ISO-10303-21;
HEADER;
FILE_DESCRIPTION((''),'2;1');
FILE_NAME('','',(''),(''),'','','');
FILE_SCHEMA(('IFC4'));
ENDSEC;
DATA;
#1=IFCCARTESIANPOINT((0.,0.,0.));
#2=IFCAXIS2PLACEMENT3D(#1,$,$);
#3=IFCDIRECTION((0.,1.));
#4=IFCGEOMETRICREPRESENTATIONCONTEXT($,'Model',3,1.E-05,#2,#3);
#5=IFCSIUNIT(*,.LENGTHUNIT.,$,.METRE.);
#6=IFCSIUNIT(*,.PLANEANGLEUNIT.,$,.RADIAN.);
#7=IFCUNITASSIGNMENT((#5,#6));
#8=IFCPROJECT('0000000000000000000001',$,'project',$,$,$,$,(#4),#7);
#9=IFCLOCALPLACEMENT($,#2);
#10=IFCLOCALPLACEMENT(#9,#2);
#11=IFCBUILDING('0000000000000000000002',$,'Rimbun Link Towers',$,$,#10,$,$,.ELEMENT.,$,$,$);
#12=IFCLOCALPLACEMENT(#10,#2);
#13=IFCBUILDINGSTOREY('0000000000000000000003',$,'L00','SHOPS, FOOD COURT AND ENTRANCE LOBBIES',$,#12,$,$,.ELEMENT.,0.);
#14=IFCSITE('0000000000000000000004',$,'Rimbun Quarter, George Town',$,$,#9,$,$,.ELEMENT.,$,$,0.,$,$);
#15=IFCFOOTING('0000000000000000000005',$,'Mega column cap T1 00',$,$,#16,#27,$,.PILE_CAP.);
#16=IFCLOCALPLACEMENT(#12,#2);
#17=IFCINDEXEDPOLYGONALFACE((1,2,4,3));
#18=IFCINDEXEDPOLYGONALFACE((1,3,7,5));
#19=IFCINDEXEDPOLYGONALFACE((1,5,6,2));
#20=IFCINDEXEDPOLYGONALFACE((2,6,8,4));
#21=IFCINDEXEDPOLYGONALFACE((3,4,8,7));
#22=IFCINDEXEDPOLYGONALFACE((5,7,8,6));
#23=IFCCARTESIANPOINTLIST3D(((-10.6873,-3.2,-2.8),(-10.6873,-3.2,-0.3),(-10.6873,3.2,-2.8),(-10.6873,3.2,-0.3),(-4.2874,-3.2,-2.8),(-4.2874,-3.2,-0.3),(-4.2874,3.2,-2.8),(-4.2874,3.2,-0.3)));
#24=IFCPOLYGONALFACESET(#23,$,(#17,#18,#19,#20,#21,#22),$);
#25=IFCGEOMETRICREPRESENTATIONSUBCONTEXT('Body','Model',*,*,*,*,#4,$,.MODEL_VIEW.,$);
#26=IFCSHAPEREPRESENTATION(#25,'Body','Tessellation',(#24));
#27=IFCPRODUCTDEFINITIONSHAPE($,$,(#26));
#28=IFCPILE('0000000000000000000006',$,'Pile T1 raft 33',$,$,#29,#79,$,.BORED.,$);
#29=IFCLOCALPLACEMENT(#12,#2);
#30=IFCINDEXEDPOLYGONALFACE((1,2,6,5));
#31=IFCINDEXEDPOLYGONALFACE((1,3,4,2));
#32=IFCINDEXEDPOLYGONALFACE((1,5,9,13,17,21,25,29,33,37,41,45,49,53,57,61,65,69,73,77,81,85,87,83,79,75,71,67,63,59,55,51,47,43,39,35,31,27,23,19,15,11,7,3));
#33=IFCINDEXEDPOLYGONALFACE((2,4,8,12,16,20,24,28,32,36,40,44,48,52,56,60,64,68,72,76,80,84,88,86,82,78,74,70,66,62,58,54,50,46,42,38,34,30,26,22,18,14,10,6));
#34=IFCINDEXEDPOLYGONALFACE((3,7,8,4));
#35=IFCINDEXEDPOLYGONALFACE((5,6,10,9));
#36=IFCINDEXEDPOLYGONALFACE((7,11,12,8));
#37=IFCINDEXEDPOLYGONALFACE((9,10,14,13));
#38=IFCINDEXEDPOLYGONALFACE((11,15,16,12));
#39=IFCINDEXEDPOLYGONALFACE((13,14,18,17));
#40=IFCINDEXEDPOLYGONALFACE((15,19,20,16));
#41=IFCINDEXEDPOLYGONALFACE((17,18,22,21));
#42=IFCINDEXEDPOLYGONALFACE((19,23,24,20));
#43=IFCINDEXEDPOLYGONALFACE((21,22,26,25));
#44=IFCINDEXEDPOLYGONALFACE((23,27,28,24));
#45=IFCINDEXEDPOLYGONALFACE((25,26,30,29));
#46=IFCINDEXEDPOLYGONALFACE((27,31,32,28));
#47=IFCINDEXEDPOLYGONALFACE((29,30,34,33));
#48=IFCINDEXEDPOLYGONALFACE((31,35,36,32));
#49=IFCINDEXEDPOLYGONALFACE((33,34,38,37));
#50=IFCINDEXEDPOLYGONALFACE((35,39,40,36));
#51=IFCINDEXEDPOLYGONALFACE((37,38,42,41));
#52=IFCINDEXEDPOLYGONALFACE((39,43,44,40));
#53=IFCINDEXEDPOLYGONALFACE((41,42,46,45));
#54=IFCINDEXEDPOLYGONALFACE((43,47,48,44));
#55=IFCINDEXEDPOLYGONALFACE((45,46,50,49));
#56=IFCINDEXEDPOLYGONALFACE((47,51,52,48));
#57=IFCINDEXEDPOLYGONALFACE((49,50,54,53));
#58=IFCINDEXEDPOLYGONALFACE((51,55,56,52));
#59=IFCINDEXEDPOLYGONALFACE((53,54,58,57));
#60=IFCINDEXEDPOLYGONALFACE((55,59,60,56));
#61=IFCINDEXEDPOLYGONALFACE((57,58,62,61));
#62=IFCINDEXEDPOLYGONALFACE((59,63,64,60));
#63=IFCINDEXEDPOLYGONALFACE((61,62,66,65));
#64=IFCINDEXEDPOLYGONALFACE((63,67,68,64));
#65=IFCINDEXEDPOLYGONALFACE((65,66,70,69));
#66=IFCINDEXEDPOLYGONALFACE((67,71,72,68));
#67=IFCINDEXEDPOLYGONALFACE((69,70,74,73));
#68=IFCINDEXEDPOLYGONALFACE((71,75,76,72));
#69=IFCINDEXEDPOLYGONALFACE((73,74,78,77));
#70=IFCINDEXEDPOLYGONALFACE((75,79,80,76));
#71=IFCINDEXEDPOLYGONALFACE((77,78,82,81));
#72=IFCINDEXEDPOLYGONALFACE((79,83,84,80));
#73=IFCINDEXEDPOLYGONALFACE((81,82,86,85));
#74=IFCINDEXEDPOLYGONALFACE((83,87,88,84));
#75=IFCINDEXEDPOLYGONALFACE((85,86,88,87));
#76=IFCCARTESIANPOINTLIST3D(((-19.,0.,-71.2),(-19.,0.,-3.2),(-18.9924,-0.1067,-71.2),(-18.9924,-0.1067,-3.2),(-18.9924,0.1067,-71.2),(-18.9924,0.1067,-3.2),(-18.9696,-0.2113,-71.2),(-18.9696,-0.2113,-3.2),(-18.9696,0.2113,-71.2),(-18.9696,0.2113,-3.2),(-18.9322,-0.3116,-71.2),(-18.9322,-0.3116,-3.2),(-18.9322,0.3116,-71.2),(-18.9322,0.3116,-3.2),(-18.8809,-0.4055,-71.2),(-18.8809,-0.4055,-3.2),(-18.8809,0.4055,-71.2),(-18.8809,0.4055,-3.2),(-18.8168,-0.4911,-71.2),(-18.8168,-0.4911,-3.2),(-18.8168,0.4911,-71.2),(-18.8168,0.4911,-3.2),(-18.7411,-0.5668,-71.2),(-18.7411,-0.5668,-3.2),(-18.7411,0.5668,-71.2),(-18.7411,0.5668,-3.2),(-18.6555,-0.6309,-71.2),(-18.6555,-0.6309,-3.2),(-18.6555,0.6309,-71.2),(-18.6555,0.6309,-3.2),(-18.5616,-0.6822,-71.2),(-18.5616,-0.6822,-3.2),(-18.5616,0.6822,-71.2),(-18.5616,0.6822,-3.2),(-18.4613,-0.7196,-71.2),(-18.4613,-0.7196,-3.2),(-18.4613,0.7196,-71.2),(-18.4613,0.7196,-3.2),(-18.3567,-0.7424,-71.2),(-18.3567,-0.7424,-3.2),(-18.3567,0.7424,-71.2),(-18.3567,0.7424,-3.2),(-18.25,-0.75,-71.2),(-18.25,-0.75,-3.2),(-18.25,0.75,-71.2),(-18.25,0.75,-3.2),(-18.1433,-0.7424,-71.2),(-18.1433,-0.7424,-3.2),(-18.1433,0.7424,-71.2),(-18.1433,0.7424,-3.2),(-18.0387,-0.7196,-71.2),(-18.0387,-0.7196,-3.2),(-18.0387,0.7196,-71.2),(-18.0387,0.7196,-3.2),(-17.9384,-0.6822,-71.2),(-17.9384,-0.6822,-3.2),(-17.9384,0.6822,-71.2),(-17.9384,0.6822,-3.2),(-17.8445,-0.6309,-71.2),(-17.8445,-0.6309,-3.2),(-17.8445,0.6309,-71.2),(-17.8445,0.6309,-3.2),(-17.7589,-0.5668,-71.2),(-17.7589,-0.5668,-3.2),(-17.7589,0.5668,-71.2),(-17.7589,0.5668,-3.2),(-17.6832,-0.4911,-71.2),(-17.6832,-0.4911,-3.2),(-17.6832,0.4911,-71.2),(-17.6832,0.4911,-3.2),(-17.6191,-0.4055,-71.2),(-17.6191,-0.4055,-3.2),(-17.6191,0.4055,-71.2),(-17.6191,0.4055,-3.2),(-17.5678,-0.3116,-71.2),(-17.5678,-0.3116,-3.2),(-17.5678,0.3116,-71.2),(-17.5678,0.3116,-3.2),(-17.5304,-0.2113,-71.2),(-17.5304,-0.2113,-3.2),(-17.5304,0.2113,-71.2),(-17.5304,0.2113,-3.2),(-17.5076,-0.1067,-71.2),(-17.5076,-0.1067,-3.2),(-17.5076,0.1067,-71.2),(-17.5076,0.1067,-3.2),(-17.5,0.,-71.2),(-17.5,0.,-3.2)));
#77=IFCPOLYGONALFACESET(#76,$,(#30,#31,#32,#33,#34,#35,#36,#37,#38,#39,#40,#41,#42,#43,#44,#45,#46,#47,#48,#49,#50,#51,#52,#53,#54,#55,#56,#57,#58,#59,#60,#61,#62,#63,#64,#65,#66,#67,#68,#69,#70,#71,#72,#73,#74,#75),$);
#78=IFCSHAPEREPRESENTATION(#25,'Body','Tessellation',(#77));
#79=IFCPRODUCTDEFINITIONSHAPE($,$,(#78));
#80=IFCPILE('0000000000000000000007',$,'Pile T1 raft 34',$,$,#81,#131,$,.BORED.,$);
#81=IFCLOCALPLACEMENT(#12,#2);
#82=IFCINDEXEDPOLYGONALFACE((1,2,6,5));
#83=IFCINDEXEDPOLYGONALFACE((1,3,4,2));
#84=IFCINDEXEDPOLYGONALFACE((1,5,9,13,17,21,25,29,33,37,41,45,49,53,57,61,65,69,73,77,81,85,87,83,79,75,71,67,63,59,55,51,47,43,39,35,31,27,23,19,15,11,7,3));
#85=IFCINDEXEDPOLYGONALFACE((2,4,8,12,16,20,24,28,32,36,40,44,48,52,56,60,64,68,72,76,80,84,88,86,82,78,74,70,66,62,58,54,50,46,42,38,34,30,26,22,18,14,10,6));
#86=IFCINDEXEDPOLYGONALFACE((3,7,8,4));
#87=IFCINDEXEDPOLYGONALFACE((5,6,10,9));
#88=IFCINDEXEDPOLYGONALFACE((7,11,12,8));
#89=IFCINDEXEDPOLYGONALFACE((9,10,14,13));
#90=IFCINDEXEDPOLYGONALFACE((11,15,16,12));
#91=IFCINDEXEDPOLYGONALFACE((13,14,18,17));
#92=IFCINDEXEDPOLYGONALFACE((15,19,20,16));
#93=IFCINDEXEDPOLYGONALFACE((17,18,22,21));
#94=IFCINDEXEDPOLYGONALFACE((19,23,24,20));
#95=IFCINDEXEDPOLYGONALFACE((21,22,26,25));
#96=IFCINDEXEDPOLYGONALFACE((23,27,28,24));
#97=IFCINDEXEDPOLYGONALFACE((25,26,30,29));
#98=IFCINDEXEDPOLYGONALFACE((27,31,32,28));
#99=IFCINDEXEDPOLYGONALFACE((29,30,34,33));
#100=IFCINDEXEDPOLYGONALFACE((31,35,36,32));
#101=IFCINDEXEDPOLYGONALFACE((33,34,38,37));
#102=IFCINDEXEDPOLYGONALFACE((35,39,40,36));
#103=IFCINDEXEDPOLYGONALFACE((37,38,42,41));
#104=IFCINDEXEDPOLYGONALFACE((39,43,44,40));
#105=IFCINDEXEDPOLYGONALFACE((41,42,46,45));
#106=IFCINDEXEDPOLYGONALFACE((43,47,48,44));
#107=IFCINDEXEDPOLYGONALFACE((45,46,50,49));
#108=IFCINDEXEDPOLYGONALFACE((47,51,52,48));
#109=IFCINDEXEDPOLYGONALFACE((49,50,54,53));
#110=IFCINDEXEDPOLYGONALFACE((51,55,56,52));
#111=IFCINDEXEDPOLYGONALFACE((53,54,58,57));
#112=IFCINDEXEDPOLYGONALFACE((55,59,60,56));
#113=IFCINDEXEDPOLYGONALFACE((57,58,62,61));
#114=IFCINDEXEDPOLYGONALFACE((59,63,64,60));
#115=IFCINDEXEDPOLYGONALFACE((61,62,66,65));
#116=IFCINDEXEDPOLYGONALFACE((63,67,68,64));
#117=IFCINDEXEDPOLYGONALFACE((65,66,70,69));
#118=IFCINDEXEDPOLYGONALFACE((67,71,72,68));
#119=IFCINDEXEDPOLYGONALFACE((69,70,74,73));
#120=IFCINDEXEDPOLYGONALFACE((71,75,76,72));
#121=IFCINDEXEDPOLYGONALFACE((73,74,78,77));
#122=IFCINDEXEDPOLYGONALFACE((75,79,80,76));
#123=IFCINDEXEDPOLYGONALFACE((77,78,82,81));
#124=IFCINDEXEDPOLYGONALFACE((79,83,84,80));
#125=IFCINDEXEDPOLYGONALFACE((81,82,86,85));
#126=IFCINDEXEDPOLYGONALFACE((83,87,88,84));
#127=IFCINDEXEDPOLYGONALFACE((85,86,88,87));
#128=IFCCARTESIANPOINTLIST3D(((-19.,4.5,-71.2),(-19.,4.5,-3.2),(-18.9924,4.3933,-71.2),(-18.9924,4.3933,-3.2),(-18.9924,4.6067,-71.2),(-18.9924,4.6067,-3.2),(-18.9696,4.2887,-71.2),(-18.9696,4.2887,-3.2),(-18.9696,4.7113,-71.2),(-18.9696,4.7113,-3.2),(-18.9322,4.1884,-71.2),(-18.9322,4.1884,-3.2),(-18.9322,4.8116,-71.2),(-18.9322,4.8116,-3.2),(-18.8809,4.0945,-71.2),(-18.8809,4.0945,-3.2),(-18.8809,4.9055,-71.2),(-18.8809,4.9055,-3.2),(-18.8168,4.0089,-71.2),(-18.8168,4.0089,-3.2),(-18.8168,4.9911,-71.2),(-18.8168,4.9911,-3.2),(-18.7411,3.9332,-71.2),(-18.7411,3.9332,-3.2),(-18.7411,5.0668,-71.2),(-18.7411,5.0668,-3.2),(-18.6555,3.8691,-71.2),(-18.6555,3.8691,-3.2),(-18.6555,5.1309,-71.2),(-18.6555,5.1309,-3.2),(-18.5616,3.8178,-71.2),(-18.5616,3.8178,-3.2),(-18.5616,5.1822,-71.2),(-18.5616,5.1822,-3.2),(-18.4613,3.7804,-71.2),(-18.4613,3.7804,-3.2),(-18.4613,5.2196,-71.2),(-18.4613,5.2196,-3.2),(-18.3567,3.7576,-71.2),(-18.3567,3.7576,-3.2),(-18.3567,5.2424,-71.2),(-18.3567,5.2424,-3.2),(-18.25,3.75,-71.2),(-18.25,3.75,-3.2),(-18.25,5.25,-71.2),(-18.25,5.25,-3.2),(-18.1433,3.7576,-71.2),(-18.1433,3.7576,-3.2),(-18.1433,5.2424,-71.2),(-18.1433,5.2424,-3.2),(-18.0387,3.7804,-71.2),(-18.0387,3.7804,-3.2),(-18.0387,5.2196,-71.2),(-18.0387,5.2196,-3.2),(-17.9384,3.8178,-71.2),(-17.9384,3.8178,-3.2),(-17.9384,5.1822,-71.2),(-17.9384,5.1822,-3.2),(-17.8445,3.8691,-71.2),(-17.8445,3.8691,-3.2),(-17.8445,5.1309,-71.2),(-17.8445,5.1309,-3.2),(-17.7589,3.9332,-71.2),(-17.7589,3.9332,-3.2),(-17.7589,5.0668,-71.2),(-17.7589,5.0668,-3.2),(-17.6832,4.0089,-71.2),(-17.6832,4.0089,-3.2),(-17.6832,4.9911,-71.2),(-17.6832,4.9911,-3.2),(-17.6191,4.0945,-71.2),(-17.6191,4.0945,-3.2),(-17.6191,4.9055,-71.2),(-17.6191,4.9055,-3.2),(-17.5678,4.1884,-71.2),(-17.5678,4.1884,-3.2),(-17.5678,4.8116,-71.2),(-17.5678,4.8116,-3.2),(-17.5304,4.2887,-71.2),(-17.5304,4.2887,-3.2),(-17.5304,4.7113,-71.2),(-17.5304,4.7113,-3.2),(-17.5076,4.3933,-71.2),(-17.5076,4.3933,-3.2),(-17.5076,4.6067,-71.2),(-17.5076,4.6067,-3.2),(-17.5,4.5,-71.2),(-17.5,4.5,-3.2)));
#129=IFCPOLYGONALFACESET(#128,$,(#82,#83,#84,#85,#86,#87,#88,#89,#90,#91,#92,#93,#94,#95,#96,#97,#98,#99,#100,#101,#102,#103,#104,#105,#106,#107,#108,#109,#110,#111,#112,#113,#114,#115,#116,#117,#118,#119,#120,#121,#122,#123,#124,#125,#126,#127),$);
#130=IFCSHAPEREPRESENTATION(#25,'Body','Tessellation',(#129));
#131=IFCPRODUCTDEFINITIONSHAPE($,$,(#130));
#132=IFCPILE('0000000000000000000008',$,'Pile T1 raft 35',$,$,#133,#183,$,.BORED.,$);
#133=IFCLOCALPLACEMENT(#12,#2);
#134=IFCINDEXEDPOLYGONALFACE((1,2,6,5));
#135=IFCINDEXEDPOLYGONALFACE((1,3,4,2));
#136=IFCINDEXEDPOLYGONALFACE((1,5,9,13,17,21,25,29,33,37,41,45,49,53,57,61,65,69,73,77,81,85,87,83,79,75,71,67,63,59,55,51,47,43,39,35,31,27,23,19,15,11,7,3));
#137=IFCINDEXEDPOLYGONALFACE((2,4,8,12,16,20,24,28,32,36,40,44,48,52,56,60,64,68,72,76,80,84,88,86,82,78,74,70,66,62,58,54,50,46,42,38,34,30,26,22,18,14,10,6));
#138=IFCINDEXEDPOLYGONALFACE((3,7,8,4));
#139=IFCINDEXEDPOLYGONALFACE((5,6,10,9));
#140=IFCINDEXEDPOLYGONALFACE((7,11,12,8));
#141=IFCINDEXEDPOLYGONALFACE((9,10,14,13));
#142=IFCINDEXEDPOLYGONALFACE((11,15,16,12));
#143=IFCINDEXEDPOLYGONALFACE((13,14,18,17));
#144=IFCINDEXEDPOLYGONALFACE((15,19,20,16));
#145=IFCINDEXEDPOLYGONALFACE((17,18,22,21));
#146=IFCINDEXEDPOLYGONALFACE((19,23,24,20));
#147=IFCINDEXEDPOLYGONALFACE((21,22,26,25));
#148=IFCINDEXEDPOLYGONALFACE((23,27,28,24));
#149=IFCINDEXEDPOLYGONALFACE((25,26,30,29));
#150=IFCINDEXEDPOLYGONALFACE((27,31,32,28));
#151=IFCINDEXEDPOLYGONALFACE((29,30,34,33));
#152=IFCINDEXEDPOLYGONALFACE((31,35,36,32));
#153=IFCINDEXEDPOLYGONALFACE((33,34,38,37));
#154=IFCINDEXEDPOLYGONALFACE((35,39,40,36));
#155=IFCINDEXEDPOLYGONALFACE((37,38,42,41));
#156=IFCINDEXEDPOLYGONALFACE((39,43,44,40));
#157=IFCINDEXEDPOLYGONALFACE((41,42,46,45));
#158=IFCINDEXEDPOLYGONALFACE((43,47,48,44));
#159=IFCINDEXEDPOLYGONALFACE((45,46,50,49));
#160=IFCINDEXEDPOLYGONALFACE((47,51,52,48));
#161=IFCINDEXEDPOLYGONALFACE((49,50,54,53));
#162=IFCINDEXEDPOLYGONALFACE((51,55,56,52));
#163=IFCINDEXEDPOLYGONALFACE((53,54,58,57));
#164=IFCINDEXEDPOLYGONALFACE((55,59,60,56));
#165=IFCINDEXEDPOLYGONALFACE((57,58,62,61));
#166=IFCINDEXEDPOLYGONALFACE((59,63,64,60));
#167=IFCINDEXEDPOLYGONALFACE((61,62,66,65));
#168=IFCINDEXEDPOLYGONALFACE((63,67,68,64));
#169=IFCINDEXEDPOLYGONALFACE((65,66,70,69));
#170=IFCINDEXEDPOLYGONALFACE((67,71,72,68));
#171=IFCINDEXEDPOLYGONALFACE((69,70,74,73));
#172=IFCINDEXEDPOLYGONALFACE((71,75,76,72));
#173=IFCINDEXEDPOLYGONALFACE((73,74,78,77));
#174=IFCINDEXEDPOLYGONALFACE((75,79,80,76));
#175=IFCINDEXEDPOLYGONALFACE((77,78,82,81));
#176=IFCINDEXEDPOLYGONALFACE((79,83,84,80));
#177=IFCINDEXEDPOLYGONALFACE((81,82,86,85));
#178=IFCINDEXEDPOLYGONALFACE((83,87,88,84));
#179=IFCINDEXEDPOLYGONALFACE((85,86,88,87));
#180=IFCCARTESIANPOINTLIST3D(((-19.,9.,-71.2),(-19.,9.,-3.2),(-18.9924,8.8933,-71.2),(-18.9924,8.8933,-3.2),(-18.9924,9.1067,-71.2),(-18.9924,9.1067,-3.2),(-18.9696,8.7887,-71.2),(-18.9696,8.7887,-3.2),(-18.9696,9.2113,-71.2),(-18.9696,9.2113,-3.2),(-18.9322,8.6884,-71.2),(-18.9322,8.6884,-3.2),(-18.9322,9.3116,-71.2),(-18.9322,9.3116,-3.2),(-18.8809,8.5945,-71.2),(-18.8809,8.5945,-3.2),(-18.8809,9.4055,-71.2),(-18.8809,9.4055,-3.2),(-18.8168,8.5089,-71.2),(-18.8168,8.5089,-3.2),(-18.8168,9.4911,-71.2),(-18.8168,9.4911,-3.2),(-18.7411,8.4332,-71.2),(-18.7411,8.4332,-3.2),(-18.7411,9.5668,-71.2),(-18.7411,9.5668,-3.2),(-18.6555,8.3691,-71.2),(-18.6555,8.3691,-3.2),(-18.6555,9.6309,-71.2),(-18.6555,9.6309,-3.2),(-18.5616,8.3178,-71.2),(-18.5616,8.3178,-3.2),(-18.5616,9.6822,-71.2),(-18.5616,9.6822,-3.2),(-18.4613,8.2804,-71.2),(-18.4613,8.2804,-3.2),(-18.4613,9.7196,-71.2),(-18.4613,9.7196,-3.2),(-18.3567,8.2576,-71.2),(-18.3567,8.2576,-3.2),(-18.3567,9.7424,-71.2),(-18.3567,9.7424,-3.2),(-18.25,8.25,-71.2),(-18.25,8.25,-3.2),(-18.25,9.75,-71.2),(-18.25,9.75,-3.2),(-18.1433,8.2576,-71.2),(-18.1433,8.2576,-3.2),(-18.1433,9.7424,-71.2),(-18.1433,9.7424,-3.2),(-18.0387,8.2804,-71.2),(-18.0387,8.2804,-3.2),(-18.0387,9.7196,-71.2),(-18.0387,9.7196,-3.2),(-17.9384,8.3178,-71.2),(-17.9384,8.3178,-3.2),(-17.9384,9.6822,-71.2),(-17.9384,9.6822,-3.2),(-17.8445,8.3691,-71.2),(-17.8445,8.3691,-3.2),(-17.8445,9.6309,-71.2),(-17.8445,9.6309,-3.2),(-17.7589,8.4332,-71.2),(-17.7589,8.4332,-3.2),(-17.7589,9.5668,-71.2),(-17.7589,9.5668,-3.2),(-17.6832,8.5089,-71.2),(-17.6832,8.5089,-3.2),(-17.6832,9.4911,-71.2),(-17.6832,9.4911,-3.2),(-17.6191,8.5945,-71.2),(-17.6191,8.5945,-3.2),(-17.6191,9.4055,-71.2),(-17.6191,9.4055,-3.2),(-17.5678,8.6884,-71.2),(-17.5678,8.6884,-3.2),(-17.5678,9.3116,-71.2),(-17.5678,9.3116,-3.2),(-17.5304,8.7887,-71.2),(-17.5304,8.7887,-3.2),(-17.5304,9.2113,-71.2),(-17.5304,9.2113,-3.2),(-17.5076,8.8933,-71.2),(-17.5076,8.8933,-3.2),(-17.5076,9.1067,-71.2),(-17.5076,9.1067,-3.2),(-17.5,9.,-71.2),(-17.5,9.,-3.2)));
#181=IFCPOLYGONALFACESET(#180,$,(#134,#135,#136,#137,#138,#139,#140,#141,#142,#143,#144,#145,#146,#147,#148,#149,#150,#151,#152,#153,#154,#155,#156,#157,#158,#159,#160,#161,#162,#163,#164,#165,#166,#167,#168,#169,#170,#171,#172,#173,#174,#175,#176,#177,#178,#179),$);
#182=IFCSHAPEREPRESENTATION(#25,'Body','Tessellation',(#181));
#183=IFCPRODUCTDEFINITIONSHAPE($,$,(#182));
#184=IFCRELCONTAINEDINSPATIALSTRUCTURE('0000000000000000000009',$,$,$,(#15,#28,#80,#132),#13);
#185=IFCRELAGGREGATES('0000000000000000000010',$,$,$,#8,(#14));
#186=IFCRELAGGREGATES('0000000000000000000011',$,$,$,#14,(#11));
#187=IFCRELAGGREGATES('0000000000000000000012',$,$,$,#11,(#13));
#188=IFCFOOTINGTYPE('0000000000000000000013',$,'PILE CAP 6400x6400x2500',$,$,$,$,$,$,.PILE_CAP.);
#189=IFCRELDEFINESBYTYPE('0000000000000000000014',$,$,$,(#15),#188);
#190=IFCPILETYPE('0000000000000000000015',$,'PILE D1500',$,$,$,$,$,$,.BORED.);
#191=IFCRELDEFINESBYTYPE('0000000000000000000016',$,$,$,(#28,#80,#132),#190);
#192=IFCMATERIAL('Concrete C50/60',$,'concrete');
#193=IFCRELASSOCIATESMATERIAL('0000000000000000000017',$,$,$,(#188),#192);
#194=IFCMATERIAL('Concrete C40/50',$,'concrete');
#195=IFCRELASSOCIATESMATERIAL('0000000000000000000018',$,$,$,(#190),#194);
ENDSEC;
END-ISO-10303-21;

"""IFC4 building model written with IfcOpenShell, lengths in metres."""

from ifc_helpers import new_model, si_unit, direction, frame, origin, origin_2d, place, context, subcontext, project, spatial, rectangle, circle, extrude, material, material_profile, profile_set, type_object, element, save


model = new_model("IFC4")

# Units and contexts
model_context = context("Model", 3, precision=1e-05, world=origin(), true_north=direction((0.0, 1.0)))
body_context = subcontext(model_context, "Body", "Model", "MODEL_VIEW")
ifc_project = project(units=[si_unit("LENGTHUNIT", "METRE"), si_unit("PLANEANGLEUNIT", "RADIAN")], contexts=[model_context])

# Site, building, storey
site_placement = place(None, origin())
site = spatial("IfcSite", under=ifc_project, at=site_placement, Name="Rimbun Quarter, George Town", CompositionType="ELEMENT", RefElevation=0.0)
building_placement = place(site_placement, origin())
building = spatial("IfcBuilding", under=site, at=building_placement, Name="Rimbun Link Towers", CompositionType="ELEMENT")
storey_placement = place(building_placement, origin())
storey = spatial("IfcBuildingStorey", under=building, at=storey_placement, Name="L00", Description="SHOPS, FOOD COURT AND ENTRANCE LOBBIES", CompositionType="ELEMENT", Elevation=0.0)

# Footing
ifc_material_1 = material(Name="Concrete C50/60", Category="concrete")
footing_type = type_object("IfcFootingType", Name="PILE CAP 6400x6400x2500", PredefinedType="PILE_CAP", material=ifc_material_1)
footing_placement = place(storey_placement, frame((-7.4873, 0.0, -2.8), z_axis=(0.0, 0.0, 1.0), x_axis=(1.0, 0.0, 0.0)))
element("IfcFooting", 1, at=footing_placement, inside=storey, type_object=footing_type, Name="Mega column cap T1 00", PredefinedType="PILE_CAP", context=body_context, shape_type="SweptSolid", body=[
    extrude(rectangle(XDim=6.3999, YDim=6.3999, at=origin_2d()), origin(), (0.0, 0.0, 1.0), 2.5),
])

# Piles
ifc_material_2 = material(Name="Concrete C40/50", Category="concrete")
ifc_material_profile_1 = material_profile(ifc_material_2, circle(Radius=0.75, at=origin_2d()), Name="PILE D1500")
ifc_profile_set_1 = profile_set([ifc_material_profile_1], Name="Concrete C40/50")
pile_type = type_object("IfcPileType", Name="PILE D1500", PredefinedType="BORED", material=ifc_profile_set_1)
for number, where, z_axis, x_axis, name in (
    (2, (-18.25, 0.0, -3.2), (0.0, 0.0, -1.0), (1.0, 0.0, 0.0), "Pile T1 raft 33"),
    (3, (-18.25, 4.5, -3.2), (0.0, 0.0, -1.0), (1.0, 0.0, 0.0), "Pile T1 raft 34"),
    (4, (-18.25, 9.0, -3.2), (0.0, 0.0, -1.0), (1.0, 0.0, 0.0), "Pile T1 raft 35"),
):
    element("IfcPile", number, at=place(storey_placement, frame(where, z_axis=z_axis, x_axis=x_axis)), inside=storey, type_object=pile_type, Name=name, PredefinedType="BORED", context=body_context, shape_type="SweptSolid", body=[
        extrude(circle(Radius=0.75, at=origin_2d()), origin(), (0.0, 0.0, 1.0), 68.0),
    ])

save(model, "model.ifc")
